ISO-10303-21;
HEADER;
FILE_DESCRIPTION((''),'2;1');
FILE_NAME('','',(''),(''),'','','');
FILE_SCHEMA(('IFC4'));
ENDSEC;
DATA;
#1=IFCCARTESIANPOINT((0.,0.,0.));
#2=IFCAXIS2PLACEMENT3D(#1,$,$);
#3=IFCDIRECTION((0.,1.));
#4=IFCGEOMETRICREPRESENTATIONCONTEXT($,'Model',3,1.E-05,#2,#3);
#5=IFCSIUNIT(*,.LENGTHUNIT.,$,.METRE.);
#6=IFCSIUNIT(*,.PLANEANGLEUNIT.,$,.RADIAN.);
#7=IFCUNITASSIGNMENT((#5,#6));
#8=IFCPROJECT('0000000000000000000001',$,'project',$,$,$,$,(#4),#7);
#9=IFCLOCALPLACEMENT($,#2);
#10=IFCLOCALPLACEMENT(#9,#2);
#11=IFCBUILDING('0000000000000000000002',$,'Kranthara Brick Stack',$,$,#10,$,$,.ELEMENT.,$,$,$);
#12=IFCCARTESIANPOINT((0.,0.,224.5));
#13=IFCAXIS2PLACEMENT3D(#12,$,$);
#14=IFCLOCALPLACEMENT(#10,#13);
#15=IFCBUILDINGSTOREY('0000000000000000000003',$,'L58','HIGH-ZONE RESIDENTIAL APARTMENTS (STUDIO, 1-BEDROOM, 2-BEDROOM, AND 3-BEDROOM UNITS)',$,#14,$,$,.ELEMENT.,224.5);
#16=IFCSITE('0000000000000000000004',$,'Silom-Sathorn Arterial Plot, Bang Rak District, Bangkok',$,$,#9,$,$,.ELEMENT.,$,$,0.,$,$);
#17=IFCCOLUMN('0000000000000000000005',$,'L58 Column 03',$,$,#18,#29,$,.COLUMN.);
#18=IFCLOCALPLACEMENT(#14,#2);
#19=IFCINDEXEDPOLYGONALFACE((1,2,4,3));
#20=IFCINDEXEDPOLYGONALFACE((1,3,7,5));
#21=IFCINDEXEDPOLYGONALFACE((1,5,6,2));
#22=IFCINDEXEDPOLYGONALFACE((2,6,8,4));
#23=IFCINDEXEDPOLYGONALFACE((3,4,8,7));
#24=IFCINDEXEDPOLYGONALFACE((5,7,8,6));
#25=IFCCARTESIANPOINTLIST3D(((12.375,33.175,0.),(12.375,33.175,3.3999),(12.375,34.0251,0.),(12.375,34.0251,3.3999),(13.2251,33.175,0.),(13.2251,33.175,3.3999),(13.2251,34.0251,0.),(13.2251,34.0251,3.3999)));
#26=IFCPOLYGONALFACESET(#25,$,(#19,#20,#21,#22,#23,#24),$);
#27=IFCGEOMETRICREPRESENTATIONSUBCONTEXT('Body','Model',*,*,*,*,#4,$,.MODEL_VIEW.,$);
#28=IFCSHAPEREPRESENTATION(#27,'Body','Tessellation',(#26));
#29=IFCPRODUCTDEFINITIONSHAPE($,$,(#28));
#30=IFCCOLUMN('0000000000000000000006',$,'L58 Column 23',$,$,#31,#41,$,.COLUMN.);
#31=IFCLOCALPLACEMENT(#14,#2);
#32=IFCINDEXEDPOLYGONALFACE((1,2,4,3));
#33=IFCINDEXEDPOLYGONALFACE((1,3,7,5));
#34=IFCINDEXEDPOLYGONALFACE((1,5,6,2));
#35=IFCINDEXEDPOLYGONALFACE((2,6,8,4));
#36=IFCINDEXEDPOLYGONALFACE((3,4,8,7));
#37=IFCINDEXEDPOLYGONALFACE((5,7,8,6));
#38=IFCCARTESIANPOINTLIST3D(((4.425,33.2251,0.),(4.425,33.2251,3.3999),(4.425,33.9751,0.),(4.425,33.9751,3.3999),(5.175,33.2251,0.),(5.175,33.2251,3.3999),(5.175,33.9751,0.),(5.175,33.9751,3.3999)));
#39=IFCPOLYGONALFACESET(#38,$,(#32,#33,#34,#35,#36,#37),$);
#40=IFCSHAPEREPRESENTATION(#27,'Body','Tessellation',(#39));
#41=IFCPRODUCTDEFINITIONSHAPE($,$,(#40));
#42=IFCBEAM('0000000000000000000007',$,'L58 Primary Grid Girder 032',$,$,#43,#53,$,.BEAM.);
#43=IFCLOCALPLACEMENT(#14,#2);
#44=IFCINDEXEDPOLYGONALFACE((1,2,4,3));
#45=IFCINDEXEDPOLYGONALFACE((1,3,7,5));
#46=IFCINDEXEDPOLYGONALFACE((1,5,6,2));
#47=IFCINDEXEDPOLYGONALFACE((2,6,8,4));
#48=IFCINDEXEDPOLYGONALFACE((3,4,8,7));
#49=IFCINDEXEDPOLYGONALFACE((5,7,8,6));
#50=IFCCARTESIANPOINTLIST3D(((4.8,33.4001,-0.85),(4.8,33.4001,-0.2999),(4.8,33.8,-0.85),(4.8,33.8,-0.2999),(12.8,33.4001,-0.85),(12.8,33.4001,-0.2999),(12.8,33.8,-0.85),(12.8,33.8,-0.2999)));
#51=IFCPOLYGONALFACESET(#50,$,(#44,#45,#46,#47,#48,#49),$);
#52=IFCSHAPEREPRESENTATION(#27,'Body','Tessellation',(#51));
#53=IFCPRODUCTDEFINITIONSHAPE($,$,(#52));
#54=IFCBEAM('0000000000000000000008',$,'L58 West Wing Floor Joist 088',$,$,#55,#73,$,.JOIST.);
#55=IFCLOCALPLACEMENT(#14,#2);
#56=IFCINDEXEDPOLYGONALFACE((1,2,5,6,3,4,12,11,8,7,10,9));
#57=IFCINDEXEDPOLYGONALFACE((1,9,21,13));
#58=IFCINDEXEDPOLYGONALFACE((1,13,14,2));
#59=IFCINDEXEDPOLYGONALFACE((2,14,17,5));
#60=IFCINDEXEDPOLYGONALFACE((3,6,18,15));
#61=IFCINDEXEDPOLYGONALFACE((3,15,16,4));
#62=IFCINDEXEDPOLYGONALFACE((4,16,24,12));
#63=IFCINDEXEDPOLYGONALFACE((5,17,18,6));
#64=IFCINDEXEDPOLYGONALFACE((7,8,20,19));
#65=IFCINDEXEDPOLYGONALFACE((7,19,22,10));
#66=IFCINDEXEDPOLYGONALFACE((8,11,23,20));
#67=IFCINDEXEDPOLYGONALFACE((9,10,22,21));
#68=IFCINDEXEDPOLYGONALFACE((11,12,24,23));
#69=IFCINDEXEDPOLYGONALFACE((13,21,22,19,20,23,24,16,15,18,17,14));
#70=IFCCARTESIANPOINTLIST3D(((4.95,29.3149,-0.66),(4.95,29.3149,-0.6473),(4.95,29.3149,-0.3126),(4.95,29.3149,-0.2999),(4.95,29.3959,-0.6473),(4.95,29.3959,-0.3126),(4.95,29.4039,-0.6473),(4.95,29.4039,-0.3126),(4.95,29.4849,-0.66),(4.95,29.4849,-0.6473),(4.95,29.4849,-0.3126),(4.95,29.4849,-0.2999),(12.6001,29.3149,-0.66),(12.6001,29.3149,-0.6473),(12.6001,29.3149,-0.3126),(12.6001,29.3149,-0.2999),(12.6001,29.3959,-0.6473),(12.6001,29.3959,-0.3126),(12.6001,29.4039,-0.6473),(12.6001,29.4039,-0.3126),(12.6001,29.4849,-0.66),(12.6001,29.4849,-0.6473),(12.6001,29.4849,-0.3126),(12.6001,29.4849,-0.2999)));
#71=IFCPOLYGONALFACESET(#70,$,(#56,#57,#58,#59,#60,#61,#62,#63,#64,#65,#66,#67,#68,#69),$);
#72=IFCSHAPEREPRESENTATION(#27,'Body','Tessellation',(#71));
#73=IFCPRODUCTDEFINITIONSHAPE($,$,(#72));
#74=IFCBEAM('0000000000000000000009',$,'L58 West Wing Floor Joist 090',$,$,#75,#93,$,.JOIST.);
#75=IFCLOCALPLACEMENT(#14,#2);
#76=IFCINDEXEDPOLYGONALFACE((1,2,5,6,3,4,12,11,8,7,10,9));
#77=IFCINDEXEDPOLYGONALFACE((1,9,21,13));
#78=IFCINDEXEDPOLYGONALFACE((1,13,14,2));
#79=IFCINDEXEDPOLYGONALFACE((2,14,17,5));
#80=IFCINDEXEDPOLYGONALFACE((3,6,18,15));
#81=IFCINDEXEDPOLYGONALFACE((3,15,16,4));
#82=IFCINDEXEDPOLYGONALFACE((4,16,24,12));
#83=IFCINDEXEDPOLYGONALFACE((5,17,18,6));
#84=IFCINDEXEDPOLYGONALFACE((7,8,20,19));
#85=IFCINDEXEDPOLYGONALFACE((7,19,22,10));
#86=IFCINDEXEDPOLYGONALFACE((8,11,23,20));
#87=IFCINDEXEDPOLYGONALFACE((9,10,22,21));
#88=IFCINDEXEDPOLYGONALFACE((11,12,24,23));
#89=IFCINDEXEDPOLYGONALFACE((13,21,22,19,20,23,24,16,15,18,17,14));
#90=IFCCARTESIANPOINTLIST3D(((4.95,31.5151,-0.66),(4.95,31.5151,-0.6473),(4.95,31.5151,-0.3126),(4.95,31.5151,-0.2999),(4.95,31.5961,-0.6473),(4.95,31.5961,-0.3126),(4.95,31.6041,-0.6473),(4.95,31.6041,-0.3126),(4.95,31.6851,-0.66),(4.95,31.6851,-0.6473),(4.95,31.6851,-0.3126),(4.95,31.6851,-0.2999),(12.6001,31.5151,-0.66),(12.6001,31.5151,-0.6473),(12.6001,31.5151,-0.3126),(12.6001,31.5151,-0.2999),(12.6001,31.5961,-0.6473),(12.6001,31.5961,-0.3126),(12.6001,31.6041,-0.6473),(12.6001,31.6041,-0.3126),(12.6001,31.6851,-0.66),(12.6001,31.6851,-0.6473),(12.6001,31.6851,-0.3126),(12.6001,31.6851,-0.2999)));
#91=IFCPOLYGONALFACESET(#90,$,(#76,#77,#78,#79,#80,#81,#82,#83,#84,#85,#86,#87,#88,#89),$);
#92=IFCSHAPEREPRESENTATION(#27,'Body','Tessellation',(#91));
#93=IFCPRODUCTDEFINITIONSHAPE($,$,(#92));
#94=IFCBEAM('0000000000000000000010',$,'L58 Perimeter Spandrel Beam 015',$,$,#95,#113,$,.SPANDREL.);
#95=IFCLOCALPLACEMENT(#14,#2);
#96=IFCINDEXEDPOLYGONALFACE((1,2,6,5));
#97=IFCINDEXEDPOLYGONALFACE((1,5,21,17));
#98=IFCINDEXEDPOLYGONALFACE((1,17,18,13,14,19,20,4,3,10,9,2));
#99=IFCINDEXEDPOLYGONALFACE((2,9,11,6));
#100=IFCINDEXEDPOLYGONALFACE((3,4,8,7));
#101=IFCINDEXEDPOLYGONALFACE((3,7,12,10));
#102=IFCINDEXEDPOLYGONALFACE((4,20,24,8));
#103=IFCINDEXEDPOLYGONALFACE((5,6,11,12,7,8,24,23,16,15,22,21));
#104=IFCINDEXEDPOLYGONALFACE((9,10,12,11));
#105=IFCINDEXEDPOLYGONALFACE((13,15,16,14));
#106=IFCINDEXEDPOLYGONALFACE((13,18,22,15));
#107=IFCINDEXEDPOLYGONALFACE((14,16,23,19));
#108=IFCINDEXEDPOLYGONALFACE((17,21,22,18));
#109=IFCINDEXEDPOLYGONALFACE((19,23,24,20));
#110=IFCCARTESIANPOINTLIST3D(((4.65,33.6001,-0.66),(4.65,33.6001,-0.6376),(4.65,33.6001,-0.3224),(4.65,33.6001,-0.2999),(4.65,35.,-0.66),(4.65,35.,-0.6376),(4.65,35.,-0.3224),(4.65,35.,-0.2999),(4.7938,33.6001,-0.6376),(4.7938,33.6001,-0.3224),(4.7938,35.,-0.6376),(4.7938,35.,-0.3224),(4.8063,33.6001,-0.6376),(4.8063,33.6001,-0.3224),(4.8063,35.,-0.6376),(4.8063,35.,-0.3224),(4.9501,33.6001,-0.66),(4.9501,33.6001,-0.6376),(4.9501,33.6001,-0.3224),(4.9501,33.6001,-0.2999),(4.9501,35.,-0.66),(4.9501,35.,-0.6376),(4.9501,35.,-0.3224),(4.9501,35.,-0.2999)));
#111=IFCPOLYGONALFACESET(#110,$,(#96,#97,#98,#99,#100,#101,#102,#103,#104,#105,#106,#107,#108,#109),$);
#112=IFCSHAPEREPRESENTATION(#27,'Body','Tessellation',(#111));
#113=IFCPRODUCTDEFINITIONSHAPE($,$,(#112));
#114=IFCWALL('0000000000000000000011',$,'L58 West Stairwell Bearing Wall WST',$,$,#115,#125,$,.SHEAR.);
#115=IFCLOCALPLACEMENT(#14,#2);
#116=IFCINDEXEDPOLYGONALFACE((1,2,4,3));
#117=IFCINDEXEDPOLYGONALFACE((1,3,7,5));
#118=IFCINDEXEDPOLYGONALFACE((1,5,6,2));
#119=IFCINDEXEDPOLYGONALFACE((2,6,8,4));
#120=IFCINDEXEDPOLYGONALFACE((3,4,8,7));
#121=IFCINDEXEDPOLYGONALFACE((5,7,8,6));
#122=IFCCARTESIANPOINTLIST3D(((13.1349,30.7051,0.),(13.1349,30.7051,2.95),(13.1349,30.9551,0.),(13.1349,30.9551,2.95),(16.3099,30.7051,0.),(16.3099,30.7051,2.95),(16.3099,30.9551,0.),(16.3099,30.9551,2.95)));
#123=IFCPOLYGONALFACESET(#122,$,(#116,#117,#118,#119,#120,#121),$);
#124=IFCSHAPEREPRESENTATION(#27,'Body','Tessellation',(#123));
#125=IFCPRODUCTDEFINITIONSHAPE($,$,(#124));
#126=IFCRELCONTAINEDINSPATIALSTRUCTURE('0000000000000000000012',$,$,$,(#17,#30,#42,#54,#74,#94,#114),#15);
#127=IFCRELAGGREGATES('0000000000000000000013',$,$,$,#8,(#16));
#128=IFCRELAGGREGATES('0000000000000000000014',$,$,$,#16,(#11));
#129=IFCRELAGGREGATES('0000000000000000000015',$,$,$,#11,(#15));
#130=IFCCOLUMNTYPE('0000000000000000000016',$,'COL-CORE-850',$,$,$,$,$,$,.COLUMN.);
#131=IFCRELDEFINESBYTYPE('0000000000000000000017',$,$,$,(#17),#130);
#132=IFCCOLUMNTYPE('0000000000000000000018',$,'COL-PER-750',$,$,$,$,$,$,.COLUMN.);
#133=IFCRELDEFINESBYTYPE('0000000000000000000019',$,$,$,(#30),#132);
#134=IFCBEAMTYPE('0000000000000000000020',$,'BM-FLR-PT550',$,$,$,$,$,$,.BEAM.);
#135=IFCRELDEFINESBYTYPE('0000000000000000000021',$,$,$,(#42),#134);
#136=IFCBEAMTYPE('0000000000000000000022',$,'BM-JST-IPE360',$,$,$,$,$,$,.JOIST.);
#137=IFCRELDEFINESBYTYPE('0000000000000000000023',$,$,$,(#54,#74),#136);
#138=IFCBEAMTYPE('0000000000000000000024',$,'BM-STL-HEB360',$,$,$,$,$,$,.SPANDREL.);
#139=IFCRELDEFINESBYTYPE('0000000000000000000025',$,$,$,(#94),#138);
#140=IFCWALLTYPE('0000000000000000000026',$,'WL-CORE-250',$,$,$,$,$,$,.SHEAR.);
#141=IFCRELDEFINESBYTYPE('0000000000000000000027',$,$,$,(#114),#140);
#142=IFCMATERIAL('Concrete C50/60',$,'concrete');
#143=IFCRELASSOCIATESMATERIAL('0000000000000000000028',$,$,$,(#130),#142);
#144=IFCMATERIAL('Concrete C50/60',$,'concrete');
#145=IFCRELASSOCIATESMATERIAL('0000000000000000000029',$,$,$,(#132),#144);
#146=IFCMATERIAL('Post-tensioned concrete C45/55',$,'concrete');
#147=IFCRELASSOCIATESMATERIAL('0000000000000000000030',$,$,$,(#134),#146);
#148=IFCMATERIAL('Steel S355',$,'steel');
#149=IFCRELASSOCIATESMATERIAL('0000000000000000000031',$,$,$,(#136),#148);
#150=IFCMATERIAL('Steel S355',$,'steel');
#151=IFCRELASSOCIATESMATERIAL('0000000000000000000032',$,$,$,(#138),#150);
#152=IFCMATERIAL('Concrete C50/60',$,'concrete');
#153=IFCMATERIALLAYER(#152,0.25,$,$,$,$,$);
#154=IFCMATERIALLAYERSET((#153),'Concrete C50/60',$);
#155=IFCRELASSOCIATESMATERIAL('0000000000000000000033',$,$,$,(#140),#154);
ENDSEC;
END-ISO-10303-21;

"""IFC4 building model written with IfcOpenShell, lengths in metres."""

from ifc_helpers import new_model, si_unit, direction, frame, frame_2d, origin, origin_2d, place, context, subcontext, project, spatial, rectangle, i_section, extrude, material, layer, layer_set, material_profile, profile_set, type_object, element, save


model = new_model("IFC4")

# Units and contexts
model_context = context("Model", 3, precision=1e-05, world=origin(), true_north=direction((0.0, 1.0)))
body_context = subcontext(model_context, "Body", "Model", "MODEL_VIEW")
ifc_project = project(units=[si_unit("LENGTHUNIT", "METRE"), si_unit("PLANEANGLEUNIT", "RADIAN")], contexts=[model_context])

# Site, building, storey
site_placement = place(None, origin())
site = spatial("IfcSite", under=ifc_project, at=site_placement, Name="Silom-Sathorn Arterial Plot, Bang Rak District, Bangkok", CompositionType="ELEMENT", RefElevation=0.0)
building_placement = place(site_placement, origin())
building = spatial("IfcBuilding", under=site, at=building_placement, Name="Kranthara Brick Stack", CompositionType="ELEMENT")
storey_placement = place(building_placement, frame((0.0, 0.0, 224.5)))
storey = spatial("IfcBuildingStorey", under=building, at=storey_placement, Name="L58", Description="HIGH-ZONE RESIDENTIAL APARTMENTS (STUDIO, 1-BEDROOM, 2-BEDROOM, AND 3-BEDROOM UNITS)", CompositionType="ELEMENT", Elevation=224.5)

# Columns
ifc_material_1 = material(Name="Concrete C50/60", Category="concrete")
ifc_material_profile_1 = material_profile(ifc_material_1, rectangle(XDim=0.8501, YDim=0.8501, at=origin_2d()), Name="RC 850x850")
ifc_profile_set_1 = profile_set([ifc_material_profile_1], Name="Concrete C50/60")
column_type_1 = type_object("IfcColumnType", Name="COL-CORE-850", PredefinedType="COLUMN", material=ifc_profile_set_1)
column_1_placement = place(storey_placement, frame((12.8, 33.6001, 0.0), z_axis=(0.0, 0.0, 1.0), x_axis=(1.0, 0.0, 0.0)))
element("IfcColumn", 1, at=column_1_placement, inside=storey, type_object=column_type_1, Name="L58 Column 03", PredefinedType="COLUMN", context=body_context, shape_type="SweptSolid", body=[
    extrude(rectangle(XDim=0.8501, YDim=0.8501, at=origin_2d()), origin(), (0.0, 0.0, 1.0), 3.3999),
])
ifc_material_2 = material(Name="Concrete C50/60", Category="concrete")
ifc_material_profile_2 = material_profile(ifc_material_2, rectangle(XDim=0.75, YDim=0.75, at=origin_2d()), Name="RC 750x750")
ifc_profile_set_2 = profile_set([ifc_material_profile_2], Name="Concrete C50/60")
column_type_2 = type_object("IfcColumnType", Name="COL-PER-750", PredefinedType="COLUMN", material=ifc_profile_set_2)
column_2_placement = place(storey_placement, frame((4.8, 33.6001, 0.0), z_axis=(0.0, 0.0, 1.0), x_axis=(1.0, 0.0, 0.0)))
element("IfcColumn", 2, at=column_2_placement, inside=storey, type_object=column_type_2, Name="L58 Column 23", PredefinedType="COLUMN", context=body_context, shape_type="SweptSolid", body=[
    extrude(rectangle(XDim=0.75, YDim=0.75, at=origin_2d()), origin(), (0.0, 0.0, 1.0), 3.3999),
])

# Beams
ifc_material_3 = material(Name="Post-tensioned concrete C45/55", Category="concrete")
ifc_material_profile_3 = material_profile(ifc_material_3, rectangle(XDim=0.3999, YDim=0.55, at=origin_2d()), Name="PT 400x550")
ifc_profile_set_3 = profile_set([ifc_material_profile_3], Name="Post-tensioned concrete C45/55")
beam_type_1 = type_object("IfcBeamType", Name="BM-FLR-PT550", PredefinedType="BEAM", material=ifc_profile_set_3)
beam_1_placement = place(storey_placement, frame((4.8, 33.6001, -0.575), z_axis=(1.0, 0.0, 0.0), x_axis=(0.0, 1.0, 0.0)))
element("IfcBeam", 3, at=beam_1_placement, inside=storey, type_object=beam_type_1, Name="L58 Primary Grid Girder 032", PredefinedType="BEAM", context=body_context, shape_type="SweptSolid", body=[
    extrude(rectangle(XDim=0.3999, YDim=0.55, at=origin_2d()), origin(), (0.0, 0.0, 1.0), 8.0),
])
ifc_material_4 = material(Name="Steel S355", Category="steel")
ifc_material_profile_4 = material_profile(ifc_material_4, i_section(OverallWidth=0.1699, OverallDepth=0.3601, WebThickness=0.0081, FlangeThickness=0.0127, at=origin_2d()), Name="IPE 360")
ifc_profile_set_4 = profile_set([ifc_material_profile_4], Name="Steel S355")
beam_type_2 = type_object("IfcBeamType", Name="BM-JST-IPE360", PredefinedType="JOIST", material=ifc_profile_set_4)
for number, where, z_axis, x_axis, name in (
    (4, (4.95, 29.3999, -0.48), (1.0, 0.0, 0.0), (0.0, 1.0, 0.0), "L58 West Wing Floor Joist 088"),
    (5, (4.95, 31.6001, -0.48), (1.0, 0.0, 0.0), (0.0, 1.0, 0.0), "L58 West Wing Floor Joist 090"),
):
    element("IfcBeam", number, at=place(storey_placement, frame(where, z_axis=z_axis, x_axis=x_axis)), inside=storey, type_object=beam_type_2, Name=name, PredefinedType="JOIST", context=body_context, shape_type="SweptSolid", body=[
        extrude(i_section(OverallWidth=0.1699, OverallDepth=0.3601, WebThickness=0.0081, FlangeThickness=0.0127, at=origin_2d()), origin(), (0.0, 0.0, 1.0), 7.6501),
    ])
ifc_material_5 = material(Name="Steel S355", Category="steel")
ifc_material_profile_5 = material_profile(ifc_material_5, i_section(OverallWidth=0.3, OverallDepth=0.3601, WebThickness=0.0125, FlangeThickness=0.0225, at=origin_2d()), Name="HEB 360")
ifc_profile_set_5 = profile_set([ifc_material_profile_5], Name="Steel S355")
beam_type_3 = type_object("IfcBeamType", Name="BM-STL-HEB360", PredefinedType="SPANDREL", material=ifc_profile_set_5)
beam_2_placement = place(storey_placement, frame((4.8, 33.6001, -0.48), z_axis=(0.0, 1.0, 0.0), x_axis=(-1.0, 0.0, 0.0)))
element("IfcBeam", 6, at=beam_2_placement, inside=storey, type_object=beam_type_3, Name="L58 Perimeter Spandrel Beam 015", PredefinedType="SPANDREL", context=body_context, shape_type="SweptSolid", body=[
    extrude(i_section(OverallWidth=0.3, OverallDepth=0.3601, WebThickness=0.0125, FlangeThickness=0.0225, at=origin_2d()), origin(), (0.0, 0.0, 1.0), 1.3999),
])

# Wall
ifc_material_6 = material(Name="Concrete C50/60", Category="concrete")
ifc_layer_1 = layer(ifc_material_6, 0.25)
ifc_layer_set_1 = layer_set([ifc_layer_1], Name="Concrete C50/60")
wall_type_1 = type_object("IfcWallType", Name="WL-CORE-250", PredefinedType="SHEAR", material=ifc_layer_set_1)
wall_1_placement = place(storey_placement, frame((13.135, 30.8301, 0.0), z_axis=(0.0, 0.0, 1.0), x_axis=(1.0, 0.0, 0.0)))
element("IfcWall", 7, at=wall_1_placement, inside=storey, type_object=wall_type_1, Name="L58 West Stairwell Bearing Wall WST", PredefinedType="SHEAR", context=body_context, shape_type="SweptSolid", body=[
    extrude(rectangle(XDim=3.175, YDim=0.25, at=frame_2d((1.5874, 0.0))), origin(), (0.0, 0.0, 1.0), 2.95),
])

save(model, "model.ifc")
